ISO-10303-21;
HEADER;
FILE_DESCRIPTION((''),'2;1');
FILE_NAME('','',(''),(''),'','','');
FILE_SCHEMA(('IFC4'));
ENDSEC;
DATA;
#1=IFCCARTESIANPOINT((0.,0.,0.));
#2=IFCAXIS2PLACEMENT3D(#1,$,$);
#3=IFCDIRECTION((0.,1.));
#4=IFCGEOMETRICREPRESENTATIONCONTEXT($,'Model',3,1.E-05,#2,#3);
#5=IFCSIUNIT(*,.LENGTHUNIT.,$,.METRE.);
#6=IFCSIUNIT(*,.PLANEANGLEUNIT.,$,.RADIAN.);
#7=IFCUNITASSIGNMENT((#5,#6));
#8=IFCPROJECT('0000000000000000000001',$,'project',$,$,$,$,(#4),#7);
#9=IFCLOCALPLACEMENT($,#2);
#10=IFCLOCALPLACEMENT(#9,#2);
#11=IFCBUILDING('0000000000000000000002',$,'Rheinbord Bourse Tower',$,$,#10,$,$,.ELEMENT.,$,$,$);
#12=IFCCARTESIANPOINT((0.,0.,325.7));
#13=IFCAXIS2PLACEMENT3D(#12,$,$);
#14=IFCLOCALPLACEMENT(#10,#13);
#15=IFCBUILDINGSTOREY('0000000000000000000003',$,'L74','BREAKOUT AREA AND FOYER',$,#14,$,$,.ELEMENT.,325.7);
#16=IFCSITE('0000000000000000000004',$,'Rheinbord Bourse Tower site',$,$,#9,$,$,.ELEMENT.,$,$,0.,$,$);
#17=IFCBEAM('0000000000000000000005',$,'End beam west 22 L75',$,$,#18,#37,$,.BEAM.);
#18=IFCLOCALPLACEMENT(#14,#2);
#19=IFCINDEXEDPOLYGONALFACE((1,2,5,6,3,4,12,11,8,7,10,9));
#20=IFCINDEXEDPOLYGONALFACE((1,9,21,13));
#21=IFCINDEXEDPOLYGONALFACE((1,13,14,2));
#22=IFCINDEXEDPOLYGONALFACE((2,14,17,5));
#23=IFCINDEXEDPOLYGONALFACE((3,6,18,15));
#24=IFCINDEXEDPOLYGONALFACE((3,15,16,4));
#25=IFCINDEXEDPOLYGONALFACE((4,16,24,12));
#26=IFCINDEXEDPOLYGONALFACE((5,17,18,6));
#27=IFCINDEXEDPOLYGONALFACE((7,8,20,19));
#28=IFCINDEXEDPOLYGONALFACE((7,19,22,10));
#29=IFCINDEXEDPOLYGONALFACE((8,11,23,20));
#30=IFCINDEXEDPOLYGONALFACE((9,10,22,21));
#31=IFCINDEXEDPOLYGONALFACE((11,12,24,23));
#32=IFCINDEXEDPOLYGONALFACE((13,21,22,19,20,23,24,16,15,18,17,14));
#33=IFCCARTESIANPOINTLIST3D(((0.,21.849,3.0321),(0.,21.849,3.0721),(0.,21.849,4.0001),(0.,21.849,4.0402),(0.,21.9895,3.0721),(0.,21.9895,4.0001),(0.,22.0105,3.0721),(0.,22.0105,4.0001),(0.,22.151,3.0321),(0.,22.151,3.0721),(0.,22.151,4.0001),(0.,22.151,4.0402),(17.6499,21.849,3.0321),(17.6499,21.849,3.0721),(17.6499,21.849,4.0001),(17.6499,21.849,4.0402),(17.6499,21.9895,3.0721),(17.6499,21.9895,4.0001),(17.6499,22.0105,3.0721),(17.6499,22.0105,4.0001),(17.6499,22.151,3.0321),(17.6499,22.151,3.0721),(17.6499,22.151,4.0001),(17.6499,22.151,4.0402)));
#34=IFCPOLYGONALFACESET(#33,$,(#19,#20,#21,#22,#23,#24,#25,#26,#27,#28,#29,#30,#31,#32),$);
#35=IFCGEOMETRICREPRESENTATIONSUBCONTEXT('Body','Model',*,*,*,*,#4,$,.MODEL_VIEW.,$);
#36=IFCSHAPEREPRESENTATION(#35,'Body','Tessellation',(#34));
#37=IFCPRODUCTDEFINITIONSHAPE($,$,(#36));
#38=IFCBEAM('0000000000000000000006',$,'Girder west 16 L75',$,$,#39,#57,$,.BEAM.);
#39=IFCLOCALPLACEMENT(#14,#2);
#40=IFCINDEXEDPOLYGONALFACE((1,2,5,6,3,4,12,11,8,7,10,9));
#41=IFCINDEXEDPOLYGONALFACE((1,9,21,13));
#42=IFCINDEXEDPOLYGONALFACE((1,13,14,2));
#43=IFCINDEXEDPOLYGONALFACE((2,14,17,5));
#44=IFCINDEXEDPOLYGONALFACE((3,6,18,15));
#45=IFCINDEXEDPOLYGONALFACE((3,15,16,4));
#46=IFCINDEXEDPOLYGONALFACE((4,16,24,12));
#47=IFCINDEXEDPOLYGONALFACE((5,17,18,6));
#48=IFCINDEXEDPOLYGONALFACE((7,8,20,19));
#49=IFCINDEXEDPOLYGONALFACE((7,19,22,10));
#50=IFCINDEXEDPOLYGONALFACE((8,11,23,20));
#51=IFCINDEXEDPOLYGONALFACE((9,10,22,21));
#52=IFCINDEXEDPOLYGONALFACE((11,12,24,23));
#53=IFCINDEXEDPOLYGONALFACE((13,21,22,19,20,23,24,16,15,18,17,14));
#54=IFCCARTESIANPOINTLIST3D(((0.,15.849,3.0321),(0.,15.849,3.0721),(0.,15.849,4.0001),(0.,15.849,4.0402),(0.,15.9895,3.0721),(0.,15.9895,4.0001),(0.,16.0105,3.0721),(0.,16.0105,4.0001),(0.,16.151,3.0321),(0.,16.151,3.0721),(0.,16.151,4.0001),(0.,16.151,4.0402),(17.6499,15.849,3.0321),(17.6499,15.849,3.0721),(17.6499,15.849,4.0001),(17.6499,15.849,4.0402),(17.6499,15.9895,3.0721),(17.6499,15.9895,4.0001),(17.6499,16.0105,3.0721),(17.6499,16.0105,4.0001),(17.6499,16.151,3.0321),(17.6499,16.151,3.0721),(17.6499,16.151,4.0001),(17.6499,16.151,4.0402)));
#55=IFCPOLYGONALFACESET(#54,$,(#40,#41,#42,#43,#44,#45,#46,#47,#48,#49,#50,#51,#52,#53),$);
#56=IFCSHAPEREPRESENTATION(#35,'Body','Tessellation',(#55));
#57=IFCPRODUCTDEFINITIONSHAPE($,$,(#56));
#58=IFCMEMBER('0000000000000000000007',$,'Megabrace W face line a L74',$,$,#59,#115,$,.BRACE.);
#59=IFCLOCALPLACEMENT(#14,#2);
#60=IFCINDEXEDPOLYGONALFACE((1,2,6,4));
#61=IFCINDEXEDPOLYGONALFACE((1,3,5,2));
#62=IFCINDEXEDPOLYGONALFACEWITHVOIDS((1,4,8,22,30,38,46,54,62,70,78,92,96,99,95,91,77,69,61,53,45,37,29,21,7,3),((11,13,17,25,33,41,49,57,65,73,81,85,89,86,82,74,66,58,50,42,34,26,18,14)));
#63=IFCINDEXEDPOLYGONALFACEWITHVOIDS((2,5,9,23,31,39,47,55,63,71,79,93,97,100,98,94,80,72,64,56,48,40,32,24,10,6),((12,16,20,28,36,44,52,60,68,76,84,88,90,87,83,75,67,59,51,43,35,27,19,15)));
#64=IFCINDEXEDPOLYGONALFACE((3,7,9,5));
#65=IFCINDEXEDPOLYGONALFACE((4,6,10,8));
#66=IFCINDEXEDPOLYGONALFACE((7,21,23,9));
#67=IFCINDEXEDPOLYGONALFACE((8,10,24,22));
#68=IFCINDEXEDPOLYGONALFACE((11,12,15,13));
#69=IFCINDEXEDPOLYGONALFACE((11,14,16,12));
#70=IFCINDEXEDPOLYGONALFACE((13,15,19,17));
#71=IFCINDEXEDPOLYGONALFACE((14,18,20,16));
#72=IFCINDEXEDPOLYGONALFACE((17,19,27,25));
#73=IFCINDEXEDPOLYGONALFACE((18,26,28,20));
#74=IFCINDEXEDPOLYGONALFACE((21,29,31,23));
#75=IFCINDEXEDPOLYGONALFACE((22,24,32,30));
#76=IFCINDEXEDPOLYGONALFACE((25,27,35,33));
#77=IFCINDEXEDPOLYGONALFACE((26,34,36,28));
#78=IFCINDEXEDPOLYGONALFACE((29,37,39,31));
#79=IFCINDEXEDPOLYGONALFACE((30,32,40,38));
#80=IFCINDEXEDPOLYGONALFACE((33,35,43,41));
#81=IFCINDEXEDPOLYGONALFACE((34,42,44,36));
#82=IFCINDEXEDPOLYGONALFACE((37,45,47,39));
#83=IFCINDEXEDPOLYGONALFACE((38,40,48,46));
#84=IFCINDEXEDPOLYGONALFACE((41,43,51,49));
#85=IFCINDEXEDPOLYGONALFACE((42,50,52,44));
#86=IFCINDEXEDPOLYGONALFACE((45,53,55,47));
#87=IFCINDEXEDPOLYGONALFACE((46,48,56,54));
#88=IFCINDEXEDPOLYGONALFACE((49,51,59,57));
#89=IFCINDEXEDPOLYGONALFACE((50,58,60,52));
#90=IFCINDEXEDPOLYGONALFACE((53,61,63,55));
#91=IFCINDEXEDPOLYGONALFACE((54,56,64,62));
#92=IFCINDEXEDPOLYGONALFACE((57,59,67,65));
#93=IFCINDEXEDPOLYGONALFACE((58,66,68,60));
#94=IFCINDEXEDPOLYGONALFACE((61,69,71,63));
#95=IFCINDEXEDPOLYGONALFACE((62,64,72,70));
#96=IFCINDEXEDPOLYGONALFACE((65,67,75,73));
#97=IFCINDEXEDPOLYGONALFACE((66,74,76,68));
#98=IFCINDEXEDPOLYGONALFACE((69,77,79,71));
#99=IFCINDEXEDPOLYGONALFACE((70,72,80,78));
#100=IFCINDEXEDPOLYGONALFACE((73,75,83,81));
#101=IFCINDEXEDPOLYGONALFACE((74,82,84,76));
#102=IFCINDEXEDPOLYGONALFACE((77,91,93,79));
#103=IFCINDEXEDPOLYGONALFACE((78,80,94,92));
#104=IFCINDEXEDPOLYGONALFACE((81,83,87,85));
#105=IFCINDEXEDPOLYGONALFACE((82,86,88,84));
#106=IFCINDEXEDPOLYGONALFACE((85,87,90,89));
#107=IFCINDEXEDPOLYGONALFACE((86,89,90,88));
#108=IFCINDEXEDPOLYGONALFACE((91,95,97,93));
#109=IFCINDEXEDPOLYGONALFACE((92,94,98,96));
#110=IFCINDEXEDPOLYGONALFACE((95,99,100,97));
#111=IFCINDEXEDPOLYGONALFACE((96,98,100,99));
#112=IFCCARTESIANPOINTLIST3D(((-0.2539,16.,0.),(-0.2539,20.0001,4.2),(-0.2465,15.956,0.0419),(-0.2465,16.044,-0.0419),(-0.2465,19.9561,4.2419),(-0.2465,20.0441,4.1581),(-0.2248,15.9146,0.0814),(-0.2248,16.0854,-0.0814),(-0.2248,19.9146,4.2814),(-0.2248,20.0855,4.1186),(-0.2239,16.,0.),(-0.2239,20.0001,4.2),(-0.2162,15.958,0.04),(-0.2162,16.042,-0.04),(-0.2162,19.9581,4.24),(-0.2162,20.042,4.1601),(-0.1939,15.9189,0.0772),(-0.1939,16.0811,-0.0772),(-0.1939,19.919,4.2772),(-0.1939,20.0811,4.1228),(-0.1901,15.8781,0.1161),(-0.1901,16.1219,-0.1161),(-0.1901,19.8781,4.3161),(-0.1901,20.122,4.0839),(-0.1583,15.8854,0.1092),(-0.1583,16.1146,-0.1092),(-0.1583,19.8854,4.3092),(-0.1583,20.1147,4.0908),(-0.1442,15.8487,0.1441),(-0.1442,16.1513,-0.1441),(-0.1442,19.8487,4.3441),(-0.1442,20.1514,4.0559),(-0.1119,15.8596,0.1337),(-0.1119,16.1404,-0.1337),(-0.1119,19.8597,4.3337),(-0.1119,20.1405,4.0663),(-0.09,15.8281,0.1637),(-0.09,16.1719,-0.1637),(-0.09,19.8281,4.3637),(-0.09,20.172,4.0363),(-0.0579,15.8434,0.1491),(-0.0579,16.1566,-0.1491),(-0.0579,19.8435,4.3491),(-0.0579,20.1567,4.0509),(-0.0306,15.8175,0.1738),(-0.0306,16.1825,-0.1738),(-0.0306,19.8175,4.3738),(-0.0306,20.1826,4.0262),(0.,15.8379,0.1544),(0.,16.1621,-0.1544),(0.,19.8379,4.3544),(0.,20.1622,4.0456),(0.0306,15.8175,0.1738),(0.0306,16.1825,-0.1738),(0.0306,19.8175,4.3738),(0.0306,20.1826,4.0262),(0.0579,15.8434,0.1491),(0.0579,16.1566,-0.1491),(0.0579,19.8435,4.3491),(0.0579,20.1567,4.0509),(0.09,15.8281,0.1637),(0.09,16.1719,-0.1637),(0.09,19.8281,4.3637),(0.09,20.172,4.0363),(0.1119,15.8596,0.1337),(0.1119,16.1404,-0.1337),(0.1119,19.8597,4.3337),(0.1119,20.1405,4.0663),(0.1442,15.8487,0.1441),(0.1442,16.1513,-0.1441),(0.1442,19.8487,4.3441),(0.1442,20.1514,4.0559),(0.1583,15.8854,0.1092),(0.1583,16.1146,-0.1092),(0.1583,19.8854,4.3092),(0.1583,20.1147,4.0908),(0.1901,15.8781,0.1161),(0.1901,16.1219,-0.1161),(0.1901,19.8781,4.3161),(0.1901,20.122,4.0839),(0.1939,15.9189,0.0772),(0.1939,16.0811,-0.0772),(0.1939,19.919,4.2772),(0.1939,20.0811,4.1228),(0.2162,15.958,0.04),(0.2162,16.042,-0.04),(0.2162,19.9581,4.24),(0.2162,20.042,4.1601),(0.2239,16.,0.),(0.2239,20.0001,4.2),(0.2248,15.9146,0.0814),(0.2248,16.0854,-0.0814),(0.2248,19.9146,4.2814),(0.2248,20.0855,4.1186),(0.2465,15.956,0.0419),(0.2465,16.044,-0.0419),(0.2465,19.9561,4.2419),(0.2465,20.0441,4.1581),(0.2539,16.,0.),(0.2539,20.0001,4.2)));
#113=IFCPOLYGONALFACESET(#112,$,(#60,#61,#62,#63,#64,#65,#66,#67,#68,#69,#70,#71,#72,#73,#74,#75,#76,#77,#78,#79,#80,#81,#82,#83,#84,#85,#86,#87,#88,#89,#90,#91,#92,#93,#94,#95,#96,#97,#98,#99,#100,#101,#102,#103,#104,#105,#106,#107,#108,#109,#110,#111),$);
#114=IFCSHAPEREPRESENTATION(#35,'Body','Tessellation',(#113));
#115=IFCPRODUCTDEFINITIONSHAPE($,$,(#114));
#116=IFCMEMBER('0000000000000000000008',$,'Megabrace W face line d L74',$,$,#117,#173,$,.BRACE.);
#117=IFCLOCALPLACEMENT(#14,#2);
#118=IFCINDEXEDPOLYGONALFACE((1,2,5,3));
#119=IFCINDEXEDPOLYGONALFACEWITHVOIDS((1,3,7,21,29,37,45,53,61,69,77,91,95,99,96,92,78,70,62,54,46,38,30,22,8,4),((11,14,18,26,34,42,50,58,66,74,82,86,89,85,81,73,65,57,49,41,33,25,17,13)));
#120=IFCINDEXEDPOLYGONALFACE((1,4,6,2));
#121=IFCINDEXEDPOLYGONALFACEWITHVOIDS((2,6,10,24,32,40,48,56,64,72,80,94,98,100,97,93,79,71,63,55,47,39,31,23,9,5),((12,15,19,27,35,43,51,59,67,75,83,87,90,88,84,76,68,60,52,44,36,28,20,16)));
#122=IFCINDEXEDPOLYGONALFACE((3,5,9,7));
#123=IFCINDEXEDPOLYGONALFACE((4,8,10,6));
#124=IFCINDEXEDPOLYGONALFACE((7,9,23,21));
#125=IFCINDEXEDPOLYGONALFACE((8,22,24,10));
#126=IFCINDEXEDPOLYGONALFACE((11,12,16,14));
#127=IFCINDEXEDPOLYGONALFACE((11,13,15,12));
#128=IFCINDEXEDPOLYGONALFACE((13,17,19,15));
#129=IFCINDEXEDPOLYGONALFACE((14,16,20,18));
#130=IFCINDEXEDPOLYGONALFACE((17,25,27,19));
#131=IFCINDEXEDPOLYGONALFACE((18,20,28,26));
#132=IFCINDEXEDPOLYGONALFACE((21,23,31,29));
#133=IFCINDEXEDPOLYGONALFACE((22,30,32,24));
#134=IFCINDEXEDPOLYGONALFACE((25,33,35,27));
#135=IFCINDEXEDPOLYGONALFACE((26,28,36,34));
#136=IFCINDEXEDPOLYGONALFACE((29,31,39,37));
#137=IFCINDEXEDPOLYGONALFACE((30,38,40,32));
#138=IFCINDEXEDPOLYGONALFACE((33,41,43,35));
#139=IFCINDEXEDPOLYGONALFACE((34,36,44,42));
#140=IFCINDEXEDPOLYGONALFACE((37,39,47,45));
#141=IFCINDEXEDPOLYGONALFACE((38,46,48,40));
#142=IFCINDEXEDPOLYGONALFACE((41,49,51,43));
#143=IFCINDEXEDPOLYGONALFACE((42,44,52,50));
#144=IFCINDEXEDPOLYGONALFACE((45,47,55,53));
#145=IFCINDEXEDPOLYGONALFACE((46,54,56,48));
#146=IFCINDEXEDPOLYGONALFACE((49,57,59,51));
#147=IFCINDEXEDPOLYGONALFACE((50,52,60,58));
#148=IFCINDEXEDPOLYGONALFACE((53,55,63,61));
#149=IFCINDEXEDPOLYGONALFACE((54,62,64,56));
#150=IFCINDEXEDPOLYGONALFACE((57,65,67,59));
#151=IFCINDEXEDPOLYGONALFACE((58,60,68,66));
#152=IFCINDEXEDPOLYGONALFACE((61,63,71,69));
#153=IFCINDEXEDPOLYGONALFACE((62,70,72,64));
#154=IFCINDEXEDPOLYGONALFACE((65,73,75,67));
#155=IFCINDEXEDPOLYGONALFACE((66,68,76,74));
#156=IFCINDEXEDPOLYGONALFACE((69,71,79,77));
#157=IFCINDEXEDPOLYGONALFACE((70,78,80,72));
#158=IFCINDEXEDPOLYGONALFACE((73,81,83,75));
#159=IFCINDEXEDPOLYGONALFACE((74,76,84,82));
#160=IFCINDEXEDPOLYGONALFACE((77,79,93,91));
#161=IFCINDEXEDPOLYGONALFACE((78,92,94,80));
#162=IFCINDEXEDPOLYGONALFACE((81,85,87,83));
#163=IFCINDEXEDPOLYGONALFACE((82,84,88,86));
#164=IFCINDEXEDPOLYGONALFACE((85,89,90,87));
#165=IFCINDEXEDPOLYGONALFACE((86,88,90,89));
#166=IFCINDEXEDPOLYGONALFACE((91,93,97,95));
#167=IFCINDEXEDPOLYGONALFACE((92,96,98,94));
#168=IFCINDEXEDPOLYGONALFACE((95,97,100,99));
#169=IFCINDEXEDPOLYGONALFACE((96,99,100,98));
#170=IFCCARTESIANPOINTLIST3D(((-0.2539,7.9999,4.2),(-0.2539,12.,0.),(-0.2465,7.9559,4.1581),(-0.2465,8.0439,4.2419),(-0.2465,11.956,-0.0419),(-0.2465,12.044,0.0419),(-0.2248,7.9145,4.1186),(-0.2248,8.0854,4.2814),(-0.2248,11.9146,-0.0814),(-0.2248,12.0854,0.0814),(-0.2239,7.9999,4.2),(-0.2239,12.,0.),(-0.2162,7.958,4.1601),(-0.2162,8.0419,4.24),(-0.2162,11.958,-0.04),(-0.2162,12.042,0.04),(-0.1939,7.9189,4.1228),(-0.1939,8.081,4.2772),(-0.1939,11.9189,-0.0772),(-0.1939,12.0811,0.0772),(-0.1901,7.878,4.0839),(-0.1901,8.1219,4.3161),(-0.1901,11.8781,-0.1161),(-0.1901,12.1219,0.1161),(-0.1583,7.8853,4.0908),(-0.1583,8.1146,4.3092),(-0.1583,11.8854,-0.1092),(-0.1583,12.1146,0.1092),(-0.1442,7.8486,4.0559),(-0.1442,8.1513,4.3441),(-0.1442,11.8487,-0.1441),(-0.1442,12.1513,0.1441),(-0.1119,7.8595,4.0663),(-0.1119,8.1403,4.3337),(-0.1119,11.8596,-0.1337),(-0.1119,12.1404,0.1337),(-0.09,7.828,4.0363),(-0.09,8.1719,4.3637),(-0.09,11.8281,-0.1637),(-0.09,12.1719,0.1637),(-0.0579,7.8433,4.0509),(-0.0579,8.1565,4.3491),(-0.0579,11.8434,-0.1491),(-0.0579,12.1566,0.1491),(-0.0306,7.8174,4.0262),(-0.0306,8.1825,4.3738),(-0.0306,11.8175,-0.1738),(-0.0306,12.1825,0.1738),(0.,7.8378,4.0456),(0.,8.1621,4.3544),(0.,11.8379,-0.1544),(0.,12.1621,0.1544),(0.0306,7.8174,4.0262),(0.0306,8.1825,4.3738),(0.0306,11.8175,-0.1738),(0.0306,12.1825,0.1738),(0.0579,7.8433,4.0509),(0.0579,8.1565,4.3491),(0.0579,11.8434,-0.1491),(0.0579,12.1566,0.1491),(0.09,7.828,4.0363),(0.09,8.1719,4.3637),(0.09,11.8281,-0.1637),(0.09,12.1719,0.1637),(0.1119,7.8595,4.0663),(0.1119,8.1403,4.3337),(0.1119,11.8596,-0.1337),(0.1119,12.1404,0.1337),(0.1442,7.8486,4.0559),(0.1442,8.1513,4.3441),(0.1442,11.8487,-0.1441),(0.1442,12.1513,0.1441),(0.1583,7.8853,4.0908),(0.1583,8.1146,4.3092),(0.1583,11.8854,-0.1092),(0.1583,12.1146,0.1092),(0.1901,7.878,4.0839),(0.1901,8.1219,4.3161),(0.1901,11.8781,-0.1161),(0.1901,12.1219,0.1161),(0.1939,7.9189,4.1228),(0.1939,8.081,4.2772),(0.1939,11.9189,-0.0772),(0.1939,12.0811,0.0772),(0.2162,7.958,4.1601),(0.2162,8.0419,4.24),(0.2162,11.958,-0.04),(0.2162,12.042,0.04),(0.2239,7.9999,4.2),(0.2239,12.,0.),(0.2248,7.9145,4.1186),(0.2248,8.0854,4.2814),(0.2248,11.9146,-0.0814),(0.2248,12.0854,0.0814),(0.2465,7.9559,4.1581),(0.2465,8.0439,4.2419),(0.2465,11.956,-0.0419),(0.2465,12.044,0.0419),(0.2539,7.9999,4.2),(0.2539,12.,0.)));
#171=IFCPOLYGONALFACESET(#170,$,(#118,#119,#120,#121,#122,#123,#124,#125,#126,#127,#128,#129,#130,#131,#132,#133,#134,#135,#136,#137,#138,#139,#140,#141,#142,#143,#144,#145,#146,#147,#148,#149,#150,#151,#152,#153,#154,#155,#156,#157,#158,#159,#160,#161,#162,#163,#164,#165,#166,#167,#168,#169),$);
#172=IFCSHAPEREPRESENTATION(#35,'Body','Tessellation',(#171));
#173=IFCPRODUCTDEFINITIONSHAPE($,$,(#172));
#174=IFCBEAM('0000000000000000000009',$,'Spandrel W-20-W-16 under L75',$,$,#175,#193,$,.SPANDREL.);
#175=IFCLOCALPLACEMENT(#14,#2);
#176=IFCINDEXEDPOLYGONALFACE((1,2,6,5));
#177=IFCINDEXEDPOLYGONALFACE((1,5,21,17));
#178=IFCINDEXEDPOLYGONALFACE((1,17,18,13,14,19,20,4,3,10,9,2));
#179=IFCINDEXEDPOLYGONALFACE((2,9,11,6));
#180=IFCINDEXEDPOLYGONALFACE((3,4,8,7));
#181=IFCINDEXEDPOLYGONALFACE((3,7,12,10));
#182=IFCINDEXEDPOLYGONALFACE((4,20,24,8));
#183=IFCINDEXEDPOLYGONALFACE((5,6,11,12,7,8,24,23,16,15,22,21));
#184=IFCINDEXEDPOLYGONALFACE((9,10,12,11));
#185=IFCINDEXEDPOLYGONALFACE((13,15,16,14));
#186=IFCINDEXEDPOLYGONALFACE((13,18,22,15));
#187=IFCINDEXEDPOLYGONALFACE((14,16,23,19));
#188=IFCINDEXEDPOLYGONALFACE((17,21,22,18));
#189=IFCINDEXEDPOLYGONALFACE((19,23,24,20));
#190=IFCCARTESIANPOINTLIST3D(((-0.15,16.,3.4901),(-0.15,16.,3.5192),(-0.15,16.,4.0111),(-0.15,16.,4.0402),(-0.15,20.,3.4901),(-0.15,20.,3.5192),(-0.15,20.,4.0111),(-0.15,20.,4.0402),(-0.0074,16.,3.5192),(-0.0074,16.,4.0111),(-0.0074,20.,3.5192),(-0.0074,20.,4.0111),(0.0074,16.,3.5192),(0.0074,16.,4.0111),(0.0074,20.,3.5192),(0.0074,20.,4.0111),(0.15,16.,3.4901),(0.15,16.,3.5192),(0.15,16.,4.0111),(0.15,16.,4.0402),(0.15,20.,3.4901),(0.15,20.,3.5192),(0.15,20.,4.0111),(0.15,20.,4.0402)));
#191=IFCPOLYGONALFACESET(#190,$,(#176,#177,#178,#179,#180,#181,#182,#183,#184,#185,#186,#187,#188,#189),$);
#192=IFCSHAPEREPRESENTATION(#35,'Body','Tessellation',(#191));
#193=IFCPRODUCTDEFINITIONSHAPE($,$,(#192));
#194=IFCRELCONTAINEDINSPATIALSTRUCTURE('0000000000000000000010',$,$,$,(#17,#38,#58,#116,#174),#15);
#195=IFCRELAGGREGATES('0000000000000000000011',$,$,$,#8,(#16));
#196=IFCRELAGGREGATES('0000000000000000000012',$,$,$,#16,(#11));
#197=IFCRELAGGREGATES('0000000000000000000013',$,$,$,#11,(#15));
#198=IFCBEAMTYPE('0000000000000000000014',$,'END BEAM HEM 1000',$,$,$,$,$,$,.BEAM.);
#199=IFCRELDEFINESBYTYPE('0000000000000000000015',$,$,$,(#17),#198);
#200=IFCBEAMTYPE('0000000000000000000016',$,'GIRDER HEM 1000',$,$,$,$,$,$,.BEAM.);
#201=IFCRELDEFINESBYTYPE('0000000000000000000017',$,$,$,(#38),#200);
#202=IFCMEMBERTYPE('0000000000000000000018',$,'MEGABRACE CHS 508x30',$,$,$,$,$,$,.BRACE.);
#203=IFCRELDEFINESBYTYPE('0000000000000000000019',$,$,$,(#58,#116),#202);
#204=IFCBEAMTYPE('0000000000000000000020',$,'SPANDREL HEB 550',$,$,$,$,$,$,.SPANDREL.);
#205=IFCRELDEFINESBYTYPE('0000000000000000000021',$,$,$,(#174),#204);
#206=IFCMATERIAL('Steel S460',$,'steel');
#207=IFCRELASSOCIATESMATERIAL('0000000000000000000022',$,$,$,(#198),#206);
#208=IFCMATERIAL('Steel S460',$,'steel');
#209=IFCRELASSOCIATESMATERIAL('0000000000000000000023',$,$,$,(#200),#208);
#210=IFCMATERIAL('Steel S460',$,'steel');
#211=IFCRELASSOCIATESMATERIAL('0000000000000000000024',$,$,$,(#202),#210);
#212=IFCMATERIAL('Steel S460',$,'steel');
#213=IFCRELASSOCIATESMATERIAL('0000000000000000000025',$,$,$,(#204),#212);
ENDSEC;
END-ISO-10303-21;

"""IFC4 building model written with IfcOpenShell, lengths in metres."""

from ifc_helpers import new_model, si_unit, direction, frame, origin, origin_2d, place, context, subcontext, project, spatial, hollow_circle, i_section, extrude, material, material_profile, profile_set, type_object, element, save


model = new_model("IFC4")

# Units and contexts
model_context = context("Model", 3, precision=1e-05, world=origin(), true_north=direction((0.0, 1.0)))
body_context = subcontext(model_context, "Body", "Model", "MODEL_VIEW")
ifc_project = project(units=[si_unit("LENGTHUNIT", "METRE"), si_unit("PLANEANGLEUNIT", "RADIAN")], contexts=[model_context])

# Site, building, storey
site_placement = place(None, origin())
site = spatial("IfcSite", under=ifc_project, at=site_placement, Name="Rheinbord Bourse Tower site", CompositionType="ELEMENT", RefElevation=0.0)
building_placement = place(site_placement, origin())
building = spatial("IfcBuilding", under=site, at=building_placement, Name="Rheinbord Bourse Tower", CompositionType="ELEMENT")
storey_placement = place(building_placement, frame((0.0, 0.0, 325.7)))
storey = spatial("IfcBuildingStorey", under=building, at=storey_placement, Name="L74", Description="BREAKOUT AREA AND FOYER", CompositionType="ELEMENT", Elevation=325.7)

# Beams
ifc_material_1 = material(Name="Steel S460", Category="steel")
ifc_material_profile_1 = material_profile(ifc_material_1, i_section(OverallWidth=0.302, OverallDepth=1.0081, WebThickness=0.021, FlangeThickness=0.04, at=origin_2d()), Name="HEM 1000")
ifc_profile_set_1 = profile_set([ifc_material_profile_1], Name="Steel S460")
beam_type_1 = type_object("IfcBeamType", Name="END BEAM HEM 1000", PredefinedType="BEAM", material=ifc_profile_set_1)
for number, where, z_axis, x_axis, name in (
    (1, (0.0, 22.0, 3.5361), (1.0, 0.0, 0.0), (0.0, 1.0, 0.0), "End beam west 22 L75"),
):
    element("IfcBeam", number, at=place(storey_placement, frame(where, z_axis=z_axis, x_axis=x_axis)), inside=storey, type_object=beam_type_1, Name=name, PredefinedType="BEAM", context=body_context, shape_type="SweptSolid", body=[
        extrude(i_section(OverallWidth=0.302, OverallDepth=1.0081, WebThickness=0.021, FlangeThickness=0.04, at=origin_2d()), origin(), (0.0, 0.0, 1.0), 17.6499),
    ])
ifc_material_2 = material(Name="Steel S460", Category="steel")
ifc_material_profile_2 = material_profile(ifc_material_2, i_section(OverallWidth=0.302, OverallDepth=1.0081, WebThickness=0.021, FlangeThickness=0.04, at=origin_2d()), Name="HEM 1000")
ifc_profile_set_2 = profile_set([ifc_material_profile_2], Name="Steel S460")
beam_type_2 = type_object("IfcBeamType", Name="GIRDER HEM 1000", PredefinedType="BEAM", material=ifc_profile_set_2)
beam_1_placement = place(storey_placement, frame((0.0, 16.0, 3.5361), z_axis=(1.0, 0.0, 0.0), x_axis=(0.0, 1.0, 0.0)))
element("IfcBeam", 2, at=beam_1_placement, inside=storey, type_object=beam_type_2, Name="Girder west 16 L75", PredefinedType="BEAM", context=body_context, shape_type="SweptSolid", body=[
    extrude(i_section(OverallWidth=0.302, OverallDepth=1.0081, WebThickness=0.021, FlangeThickness=0.04, at=origin_2d()), origin(), (0.0, 0.0, 1.0), 17.6499),
])

# Members
ifc_material_3 = material(Name="Steel S460", Category="steel")
ifc_material_profile_3 = material_profile(ifc_material_3, hollow_circle(Radius=0.2539, WallThickness=0.03, at=origin_2d()), Name="CHS 508x30")
ifc_profile_set_3 = profile_set([ifc_material_profile_3], Name="Steel S460")
member_type_1 = type_object("IfcMemberType", Name="MEGABRACE CHS 508x30", PredefinedType="BRACE", material=ifc_profile_set_3)
for number, where, z_axis, x_axis, name in (
    (3, (0.0, 16.0, 0.0), (0.0, 0.689659, 0.724134), (-1.0, 0.0, 0.0), "Megabrace W face line a L74"),
    (4, (0.0, 12.0, 0.0), (0.0, -0.689659, 0.724134), (1.0, 0.0, 0.0), "Megabrace W face line d L74"),
):
    element("IfcMember", number, at=place(storey_placement, frame(where, z_axis=z_axis, x_axis=x_axis)), inside=storey, type_object=member_type_1, Name=name, PredefinedType="BRACE", context=body_context, shape_type="SweptSolid", body=[
        extrude(hollow_circle(Radius=0.2539, WallThickness=0.03, at=origin_2d()), origin(), (0.0, 0.0, 1.0), 5.8),
    ])

# Beam
ifc_material_4 = material(Name="Steel S460", Category="steel")
ifc_material_profile_4 = material_profile(ifc_material_4, i_section(OverallWidth=0.3, OverallDepth=0.55, WebThickness=0.0149, FlangeThickness=0.0291, at=origin_2d()), Name="HEB 550")
ifc_profile_set_4 = profile_set([ifc_material_profile_4], Name="Steel S460")
beam_type_3 = type_object("IfcBeamType", Name="SPANDREL HEB 550", PredefinedType="SPANDREL", material=ifc_profile_set_4)
for number, where, z_axis, x_axis, name in (
    (5, (0.0, 20.0, 3.7651), (0.0, -1.0, 0.0), (1.0, 0.0, 0.0), "Spandrel W-20-W-16 under L75"),
):
    element("IfcBeam", number, at=place(storey_placement, frame(where, z_axis=z_axis, x_axis=x_axis)), inside=storey, type_object=beam_type_3, Name=name, PredefinedType="SPANDREL", context=body_context, shape_type="SweptSolid", body=[
        extrude(i_section(OverallWidth=0.3, OverallDepth=0.55, WebThickness=0.0149, FlangeThickness=0.0291, at=origin_2d()), origin(), (0.0, 0.0, 1.0), 4.0),
    ])

save(model, "model.ifc")
